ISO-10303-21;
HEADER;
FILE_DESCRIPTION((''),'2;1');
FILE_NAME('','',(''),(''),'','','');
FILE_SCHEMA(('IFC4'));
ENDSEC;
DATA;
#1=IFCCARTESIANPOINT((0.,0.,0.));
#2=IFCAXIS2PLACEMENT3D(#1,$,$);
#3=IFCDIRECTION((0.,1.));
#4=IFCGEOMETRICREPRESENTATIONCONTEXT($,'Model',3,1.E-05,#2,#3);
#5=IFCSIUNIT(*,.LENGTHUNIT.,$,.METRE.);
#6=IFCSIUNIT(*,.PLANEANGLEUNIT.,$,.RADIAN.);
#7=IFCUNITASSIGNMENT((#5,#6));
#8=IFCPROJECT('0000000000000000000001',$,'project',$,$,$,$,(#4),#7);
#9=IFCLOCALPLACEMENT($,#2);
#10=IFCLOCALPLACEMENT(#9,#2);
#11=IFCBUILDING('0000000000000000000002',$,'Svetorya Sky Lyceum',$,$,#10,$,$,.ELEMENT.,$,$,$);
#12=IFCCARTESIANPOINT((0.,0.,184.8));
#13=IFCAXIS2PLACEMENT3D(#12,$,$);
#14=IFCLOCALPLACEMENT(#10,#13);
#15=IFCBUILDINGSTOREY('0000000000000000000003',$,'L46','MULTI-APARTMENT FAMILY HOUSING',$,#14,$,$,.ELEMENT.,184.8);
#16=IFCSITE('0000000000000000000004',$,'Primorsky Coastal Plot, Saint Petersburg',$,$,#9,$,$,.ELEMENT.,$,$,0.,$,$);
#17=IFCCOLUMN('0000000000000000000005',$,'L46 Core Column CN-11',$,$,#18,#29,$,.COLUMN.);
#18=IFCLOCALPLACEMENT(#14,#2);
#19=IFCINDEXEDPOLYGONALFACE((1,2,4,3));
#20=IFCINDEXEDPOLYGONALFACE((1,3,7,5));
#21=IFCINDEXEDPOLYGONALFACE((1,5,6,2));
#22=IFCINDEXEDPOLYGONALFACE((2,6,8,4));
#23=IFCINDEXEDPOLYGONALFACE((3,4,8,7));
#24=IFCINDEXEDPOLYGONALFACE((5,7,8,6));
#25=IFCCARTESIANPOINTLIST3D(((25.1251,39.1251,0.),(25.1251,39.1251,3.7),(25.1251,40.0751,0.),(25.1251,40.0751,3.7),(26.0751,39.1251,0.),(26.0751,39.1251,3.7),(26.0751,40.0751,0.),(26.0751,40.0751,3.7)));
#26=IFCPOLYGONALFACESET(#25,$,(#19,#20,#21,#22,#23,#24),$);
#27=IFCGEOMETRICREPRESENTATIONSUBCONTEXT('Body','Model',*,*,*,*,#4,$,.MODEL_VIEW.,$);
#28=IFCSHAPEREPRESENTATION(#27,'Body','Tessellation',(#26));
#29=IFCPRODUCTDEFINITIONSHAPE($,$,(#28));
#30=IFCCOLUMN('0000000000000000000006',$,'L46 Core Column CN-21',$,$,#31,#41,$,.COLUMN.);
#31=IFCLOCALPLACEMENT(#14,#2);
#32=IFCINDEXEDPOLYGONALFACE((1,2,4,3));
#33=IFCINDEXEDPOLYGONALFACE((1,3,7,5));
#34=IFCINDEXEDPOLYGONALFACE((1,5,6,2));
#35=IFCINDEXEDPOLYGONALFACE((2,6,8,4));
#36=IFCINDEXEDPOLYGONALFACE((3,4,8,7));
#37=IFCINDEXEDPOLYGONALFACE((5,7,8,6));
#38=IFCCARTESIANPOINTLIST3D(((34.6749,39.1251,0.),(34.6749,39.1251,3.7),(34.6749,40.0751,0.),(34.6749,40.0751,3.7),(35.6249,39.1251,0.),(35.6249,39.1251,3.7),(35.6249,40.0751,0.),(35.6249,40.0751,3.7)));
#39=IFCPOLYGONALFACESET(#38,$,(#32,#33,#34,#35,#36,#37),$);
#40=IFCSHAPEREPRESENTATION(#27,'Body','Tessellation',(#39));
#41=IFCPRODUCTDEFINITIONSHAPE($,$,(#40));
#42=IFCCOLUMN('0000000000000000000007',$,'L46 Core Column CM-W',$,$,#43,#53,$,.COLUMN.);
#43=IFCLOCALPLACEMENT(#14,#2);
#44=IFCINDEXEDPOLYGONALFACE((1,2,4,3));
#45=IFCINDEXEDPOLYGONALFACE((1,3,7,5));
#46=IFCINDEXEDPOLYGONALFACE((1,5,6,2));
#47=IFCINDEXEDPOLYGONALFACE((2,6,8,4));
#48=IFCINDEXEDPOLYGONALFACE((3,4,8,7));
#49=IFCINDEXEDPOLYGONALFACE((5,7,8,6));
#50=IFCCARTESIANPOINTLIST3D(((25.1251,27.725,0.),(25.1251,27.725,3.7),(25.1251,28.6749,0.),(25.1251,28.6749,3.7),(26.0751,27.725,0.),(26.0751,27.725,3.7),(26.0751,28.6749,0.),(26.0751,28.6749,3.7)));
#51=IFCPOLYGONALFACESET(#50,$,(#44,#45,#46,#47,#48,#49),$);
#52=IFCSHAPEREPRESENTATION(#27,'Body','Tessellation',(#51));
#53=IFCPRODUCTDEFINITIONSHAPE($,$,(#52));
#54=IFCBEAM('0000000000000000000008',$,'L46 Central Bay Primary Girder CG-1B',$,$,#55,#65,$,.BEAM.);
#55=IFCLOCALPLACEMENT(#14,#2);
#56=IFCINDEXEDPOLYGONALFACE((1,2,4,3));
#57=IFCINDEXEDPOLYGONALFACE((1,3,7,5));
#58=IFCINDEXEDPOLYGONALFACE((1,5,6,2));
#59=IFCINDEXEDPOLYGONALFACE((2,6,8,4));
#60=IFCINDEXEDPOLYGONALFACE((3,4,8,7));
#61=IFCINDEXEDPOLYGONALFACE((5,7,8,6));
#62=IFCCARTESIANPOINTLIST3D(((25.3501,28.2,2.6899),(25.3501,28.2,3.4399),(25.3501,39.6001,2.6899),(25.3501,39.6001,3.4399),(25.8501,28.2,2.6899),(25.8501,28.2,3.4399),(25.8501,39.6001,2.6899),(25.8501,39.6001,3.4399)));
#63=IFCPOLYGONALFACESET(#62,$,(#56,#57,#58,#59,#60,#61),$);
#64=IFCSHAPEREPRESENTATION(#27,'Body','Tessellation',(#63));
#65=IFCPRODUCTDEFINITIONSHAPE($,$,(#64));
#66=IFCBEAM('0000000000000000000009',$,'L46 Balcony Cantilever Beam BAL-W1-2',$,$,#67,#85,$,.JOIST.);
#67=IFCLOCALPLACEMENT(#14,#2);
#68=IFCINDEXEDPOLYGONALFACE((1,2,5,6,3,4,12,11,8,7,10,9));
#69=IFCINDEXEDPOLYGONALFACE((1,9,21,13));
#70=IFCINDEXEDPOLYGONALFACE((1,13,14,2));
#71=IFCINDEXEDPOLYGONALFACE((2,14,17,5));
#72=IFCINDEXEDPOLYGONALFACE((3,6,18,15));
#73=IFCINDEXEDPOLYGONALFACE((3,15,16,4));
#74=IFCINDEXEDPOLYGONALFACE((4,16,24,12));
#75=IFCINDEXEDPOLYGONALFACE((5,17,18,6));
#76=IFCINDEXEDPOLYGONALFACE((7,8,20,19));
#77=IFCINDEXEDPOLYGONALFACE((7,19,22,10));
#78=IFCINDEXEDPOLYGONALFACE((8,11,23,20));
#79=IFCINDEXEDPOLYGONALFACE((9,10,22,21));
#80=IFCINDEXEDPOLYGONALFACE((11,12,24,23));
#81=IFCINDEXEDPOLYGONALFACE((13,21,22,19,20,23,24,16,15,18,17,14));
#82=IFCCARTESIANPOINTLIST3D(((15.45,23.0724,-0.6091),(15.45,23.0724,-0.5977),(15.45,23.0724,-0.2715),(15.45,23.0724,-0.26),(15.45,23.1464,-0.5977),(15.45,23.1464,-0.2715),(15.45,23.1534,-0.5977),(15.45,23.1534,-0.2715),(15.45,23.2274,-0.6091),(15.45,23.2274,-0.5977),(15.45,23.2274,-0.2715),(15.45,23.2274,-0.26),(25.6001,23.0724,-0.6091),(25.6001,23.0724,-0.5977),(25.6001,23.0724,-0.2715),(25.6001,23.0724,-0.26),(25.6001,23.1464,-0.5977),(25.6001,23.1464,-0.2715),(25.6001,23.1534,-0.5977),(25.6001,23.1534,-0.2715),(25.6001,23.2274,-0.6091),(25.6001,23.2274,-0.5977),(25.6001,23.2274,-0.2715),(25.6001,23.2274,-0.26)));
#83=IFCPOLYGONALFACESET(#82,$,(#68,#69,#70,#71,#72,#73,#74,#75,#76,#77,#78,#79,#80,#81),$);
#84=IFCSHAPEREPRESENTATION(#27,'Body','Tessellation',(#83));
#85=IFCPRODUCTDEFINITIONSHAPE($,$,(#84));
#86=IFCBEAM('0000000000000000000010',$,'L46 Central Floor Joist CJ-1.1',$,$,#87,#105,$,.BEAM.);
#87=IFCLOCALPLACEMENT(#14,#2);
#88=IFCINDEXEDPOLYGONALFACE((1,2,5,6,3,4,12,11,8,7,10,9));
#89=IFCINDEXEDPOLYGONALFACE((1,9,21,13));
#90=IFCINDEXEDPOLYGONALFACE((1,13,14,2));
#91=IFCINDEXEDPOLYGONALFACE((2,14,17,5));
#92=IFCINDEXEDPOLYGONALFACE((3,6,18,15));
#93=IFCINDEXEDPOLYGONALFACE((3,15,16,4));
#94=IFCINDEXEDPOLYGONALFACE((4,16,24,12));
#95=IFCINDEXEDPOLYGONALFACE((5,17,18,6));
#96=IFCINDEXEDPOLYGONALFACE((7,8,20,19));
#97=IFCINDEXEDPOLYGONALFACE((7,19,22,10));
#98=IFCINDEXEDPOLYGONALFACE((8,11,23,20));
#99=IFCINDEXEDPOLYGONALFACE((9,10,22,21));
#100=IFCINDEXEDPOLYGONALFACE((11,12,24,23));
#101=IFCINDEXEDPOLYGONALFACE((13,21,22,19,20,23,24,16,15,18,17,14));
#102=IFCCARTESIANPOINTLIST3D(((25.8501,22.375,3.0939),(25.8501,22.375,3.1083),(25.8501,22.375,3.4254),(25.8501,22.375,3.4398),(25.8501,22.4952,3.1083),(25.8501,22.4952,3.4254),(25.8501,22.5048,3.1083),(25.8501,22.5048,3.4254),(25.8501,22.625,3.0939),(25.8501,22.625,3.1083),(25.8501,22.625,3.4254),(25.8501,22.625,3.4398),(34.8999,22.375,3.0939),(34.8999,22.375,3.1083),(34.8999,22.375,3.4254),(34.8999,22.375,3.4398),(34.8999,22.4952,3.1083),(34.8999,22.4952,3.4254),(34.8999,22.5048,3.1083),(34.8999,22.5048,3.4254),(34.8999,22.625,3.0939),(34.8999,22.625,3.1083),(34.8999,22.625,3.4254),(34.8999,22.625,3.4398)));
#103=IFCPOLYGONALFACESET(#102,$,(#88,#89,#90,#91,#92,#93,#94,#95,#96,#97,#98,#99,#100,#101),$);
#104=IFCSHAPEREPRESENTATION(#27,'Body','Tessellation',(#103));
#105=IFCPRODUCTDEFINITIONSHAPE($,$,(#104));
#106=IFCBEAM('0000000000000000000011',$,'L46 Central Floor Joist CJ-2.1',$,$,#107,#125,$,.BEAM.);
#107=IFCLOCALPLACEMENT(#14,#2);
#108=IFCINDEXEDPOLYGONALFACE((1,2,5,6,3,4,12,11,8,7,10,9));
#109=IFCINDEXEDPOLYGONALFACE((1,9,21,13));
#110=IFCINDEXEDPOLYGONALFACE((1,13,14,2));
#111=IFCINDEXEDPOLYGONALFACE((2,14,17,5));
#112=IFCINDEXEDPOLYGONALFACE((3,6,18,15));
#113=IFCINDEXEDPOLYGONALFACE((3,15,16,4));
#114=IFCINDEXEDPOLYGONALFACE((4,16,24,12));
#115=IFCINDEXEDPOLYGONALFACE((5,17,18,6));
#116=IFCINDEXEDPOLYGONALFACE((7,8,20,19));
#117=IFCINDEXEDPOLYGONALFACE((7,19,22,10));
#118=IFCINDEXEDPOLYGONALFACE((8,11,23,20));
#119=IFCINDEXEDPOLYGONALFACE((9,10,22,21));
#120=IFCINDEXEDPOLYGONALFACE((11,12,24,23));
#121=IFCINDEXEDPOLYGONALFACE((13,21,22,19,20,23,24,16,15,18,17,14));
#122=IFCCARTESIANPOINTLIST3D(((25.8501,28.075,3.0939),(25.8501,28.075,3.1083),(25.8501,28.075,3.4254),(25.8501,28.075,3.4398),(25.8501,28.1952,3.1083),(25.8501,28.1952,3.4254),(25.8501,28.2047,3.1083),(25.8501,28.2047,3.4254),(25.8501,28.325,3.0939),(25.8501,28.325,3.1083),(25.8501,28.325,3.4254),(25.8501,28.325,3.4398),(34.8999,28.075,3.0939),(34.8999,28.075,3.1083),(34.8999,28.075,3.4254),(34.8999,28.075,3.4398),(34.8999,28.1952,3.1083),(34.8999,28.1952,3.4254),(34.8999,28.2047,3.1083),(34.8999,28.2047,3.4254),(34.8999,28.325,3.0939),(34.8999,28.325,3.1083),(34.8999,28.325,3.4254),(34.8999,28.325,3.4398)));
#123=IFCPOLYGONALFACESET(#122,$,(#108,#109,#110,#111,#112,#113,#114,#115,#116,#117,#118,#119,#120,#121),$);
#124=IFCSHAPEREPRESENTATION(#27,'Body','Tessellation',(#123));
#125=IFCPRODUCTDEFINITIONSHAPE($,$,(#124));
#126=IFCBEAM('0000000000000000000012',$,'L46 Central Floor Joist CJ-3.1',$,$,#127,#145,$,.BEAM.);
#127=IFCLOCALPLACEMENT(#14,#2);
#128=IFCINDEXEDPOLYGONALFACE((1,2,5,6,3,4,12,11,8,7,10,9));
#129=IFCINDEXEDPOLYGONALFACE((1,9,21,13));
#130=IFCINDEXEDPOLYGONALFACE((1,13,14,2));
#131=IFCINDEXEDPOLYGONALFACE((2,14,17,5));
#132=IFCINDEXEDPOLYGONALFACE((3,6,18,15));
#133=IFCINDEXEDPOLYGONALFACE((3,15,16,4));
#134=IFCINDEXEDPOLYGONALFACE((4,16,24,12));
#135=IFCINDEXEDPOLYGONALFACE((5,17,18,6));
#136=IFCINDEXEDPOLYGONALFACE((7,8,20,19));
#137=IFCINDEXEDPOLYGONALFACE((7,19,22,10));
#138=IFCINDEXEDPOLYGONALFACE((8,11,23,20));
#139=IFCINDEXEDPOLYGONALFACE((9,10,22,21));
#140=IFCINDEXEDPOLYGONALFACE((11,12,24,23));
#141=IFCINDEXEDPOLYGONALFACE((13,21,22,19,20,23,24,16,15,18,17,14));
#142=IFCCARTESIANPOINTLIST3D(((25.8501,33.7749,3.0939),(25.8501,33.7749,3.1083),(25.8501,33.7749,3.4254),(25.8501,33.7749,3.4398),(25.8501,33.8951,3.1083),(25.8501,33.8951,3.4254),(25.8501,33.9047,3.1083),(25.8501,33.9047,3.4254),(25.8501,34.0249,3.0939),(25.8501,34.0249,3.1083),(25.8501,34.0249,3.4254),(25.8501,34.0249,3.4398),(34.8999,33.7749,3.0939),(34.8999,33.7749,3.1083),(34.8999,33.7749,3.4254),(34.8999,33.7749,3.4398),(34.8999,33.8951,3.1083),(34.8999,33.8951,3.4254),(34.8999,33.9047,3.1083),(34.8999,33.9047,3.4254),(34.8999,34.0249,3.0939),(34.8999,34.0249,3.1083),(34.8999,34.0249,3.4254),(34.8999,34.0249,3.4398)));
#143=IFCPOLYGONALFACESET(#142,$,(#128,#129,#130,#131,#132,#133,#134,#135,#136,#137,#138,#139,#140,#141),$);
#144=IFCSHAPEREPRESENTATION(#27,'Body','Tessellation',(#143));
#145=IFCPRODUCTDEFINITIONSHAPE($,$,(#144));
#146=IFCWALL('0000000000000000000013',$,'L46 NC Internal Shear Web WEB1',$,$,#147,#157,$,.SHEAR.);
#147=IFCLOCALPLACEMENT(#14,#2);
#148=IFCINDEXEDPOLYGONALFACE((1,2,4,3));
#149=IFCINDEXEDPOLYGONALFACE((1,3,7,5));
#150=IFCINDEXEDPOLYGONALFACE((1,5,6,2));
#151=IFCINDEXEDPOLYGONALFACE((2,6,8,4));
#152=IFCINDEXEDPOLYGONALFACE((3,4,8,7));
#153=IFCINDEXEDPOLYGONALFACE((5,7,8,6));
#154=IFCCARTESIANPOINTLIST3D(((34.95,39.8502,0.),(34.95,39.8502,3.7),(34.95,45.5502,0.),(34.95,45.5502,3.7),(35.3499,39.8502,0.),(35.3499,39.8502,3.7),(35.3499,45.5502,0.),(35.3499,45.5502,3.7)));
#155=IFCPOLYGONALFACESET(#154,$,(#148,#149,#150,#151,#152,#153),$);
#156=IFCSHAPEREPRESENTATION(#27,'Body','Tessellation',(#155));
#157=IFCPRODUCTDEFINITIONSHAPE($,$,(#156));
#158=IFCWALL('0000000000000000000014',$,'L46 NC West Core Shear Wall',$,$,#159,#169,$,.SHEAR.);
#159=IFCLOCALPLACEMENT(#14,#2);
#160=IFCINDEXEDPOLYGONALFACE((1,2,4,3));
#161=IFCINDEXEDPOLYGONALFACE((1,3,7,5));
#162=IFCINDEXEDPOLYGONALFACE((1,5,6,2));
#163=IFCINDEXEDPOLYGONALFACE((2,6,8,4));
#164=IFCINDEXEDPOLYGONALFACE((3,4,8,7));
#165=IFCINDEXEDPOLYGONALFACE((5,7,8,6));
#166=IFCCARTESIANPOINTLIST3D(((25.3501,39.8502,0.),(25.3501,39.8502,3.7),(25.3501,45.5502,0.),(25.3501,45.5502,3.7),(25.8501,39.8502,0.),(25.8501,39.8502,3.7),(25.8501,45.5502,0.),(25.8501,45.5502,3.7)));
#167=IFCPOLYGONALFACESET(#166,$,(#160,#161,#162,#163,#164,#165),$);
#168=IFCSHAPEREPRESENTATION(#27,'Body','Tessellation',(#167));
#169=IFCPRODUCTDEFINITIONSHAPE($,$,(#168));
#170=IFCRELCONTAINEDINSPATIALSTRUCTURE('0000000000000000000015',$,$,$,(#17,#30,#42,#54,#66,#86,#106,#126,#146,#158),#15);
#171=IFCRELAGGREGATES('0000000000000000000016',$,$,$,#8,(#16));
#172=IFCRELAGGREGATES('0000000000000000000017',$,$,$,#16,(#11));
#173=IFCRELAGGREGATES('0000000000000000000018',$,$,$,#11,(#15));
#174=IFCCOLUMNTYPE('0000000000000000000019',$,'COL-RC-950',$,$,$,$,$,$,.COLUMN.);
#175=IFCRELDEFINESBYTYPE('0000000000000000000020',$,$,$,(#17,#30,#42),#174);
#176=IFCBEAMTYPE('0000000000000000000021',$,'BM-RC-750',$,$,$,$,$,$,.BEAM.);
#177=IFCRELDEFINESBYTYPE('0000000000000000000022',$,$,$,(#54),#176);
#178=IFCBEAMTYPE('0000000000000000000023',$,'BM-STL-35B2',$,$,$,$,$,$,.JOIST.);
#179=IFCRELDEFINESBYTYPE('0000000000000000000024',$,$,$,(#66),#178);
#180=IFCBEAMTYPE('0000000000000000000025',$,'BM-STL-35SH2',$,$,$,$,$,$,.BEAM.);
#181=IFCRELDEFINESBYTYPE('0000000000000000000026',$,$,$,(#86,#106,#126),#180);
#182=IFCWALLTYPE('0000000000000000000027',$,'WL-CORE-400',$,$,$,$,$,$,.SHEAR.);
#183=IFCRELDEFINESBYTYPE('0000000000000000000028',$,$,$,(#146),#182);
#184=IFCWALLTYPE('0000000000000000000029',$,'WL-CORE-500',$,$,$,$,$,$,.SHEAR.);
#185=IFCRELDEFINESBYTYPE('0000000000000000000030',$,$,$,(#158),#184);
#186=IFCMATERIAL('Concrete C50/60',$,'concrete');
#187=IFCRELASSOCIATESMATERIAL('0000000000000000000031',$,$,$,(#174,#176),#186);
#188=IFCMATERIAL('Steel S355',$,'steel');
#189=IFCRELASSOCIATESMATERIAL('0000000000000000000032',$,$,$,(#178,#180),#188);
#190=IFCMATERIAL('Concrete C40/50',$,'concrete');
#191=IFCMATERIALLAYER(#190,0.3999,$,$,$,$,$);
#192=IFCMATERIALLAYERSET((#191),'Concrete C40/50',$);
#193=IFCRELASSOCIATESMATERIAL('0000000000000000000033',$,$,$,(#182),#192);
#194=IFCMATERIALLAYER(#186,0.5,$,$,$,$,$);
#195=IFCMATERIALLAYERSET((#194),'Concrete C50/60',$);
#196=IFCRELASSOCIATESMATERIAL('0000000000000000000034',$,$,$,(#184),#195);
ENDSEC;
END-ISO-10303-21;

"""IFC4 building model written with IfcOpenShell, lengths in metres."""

from ifc_helpers import new_model, si_unit, direction, frame, frame_2d, origin, origin_2d, place, context, subcontext, project, spatial, rectangle, i_section, extrude, material, layer, layer_set, material_profile, profile_set, type_object, element, save


model = new_model("IFC4")

# Units and contexts
model_context = context("Model", 3, precision=1e-05, world=origin(), true_north=direction((0.0, 1.0)))
body_context = subcontext(model_context, "Body", "Model", "MODEL_VIEW")
ifc_project = project(units=[si_unit("LENGTHUNIT", "METRE"), si_unit("PLANEANGLEUNIT", "RADIAN")], contexts=[model_context])

# Site, building, storey
site_placement = place(None, origin())
site = spatial("IfcSite", under=ifc_project, at=site_placement, Name="Primorsky Coastal Plot, Saint Petersburg", CompositionType="ELEMENT", RefElevation=0.0)
building_placement = place(site_placement, origin())
building = spatial("IfcBuilding", under=site, at=building_placement, Name="Svetorya Sky Lyceum", CompositionType="ELEMENT")
storey_placement = place(building_placement, frame((0.0, 0.0, 184.8)))
storey = spatial("IfcBuildingStorey", under=building, at=storey_placement, Name="L46", Description="MULTI-APARTMENT FAMILY HOUSING", CompositionType="ELEMENT", Elevation=184.8)

# Columns
ifc_material_1 = material(Name="Concrete C50/60", Category="concrete")
ifc_material_profile_1 = material_profile(ifc_material_1, rectangle(XDim=0.95, YDim=0.95, at=origin_2d()), Name="RC COL 950x950")
ifc_profile_set_1 = profile_set([ifc_material_profile_1], Name="Concrete C50/60")
column_type = type_object("IfcColumnType", Name="COL-RC-950", PredefinedType="COLUMN", material=ifc_profile_set_1)
for number, where, z_axis, x_axis, name in (
    (1, (25.6001, 39.6001, 0.0), (0.0, 0.0, 1.0), (1.0, 0.0, 0.0), "L46 Core Column CN-11"),
    (2, (35.1499, 39.6001, 0.0), (0.0, 0.0, 1.0), (1.0, 0.0, 0.0), "L46 Core Column CN-21"),
    (3, (25.6001, 28.2, 0.0), (0.0, 0.0, 1.0), (1.0, 0.0, 0.0), "L46 Core Column CM-W"),
):
    element("IfcColumn", number, at=place(storey_placement, frame(where, z_axis=z_axis, x_axis=x_axis)), inside=storey, type_object=column_type, Name=name, PredefinedType="COLUMN", context=body_context, shape_type="SweptSolid", body=[
        extrude(rectangle(XDim=0.95, YDim=0.95, at=origin_2d()), origin(), (0.0, 0.0, 1.0), 3.7),
    ])

# Beams
ifc_material_profile_2 = material_profile(ifc_material_1, rectangle(XDim=0.5, YDim=0.75, at=origin_2d()), Name="RC BEAM 500x750")
ifc_profile_set_2 = profile_set([ifc_material_profile_2], Name="Concrete C50/60")
beam_type_1 = type_object("IfcBeamType", Name="BM-RC-750", PredefinedType="BEAM", material=ifc_profile_set_2)
beam_1_placement = place(storey_placement, frame((25.6001, 28.2, 3.0649), z_axis=(0.0, 1.0, 0.0), x_axis=(-1.0, 0.0, 0.0)))
element("IfcBeam", 4, at=beam_1_placement, inside=storey, type_object=beam_type_1, Name="L46 Central Bay Primary Girder CG-1B", PredefinedType="BEAM", context=body_context, shape_type="SweptSolid", body=[
    extrude(rectangle(XDim=0.5, YDim=0.75, at=origin_2d()), origin(), (0.0, 0.0, 1.0), 11.4001),
])
ifc_material_2 = material(Name="Steel S355", Category="steel")
ifc_material_profile_3 = material_profile(ifc_material_2, i_section(OverallWidth=0.155, OverallDepth=0.3491, WebThickness=0.0071, FlangeThickness=0.0115, at=origin_2d()), Name="GOST 35B2")
ifc_profile_set_3 = profile_set([ifc_material_profile_3], Name="Steel S355")
beam_type_2 = type_object("IfcBeamType", Name="BM-STL-35B2", PredefinedType="JOIST", material=ifc_profile_set_3)
beam_2_placement = place(storey_placement, frame((25.6001, 23.1499, -0.4346), z_axis=(-1.0, 0.0, 0.0), x_axis=(0.0, -1.0, 0.0)))
element("IfcBeam", 5, at=beam_2_placement, inside=storey, type_object=beam_type_2, Name="L46 Balcony Cantilever Beam BAL-W1-2", PredefinedType="JOIST", context=body_context, shape_type="SweptSolid", body=[
    extrude(i_section(OverallWidth=0.155, OverallDepth=0.3491, WebThickness=0.0071, FlangeThickness=0.0115, at=origin_2d()), origin(), (0.0, 0.0, 1.0), 10.1501),
])
ifc_material_profile_4 = material_profile(ifc_material_2, i_section(OverallWidth=0.25, OverallDepth=0.3459, WebThickness=0.0095, FlangeThickness=0.0144, at=origin_2d()), Name="GOST 35Sh2")
ifc_profile_set_4 = profile_set([ifc_material_profile_4], Name="Steel S355")
beam_type_3 = type_object("IfcBeamType", Name="BM-STL-35SH2", PredefinedType="BEAM", material=ifc_profile_set_4)
for number, where, z_axis, x_axis, name in (
    (6, (25.8501, 22.5, 3.2668), (1.0, 0.0, 0.0), (0.0, 1.0, 0.0), "L46 Central Floor Joist CJ-1.1"),
    (7, (25.8501, 28.2, 3.2668), (1.0, 0.0, 0.0), (0.0, 1.0, 0.0), "L46 Central Floor Joist CJ-2.1"),
    (8, (25.8501, 33.8999, 3.2668), (1.0, 0.0, 0.0), (0.0, 1.0, 0.0), "L46 Central Floor Joist CJ-3.1"),
):
    element("IfcBeam", number, at=place(storey_placement, frame(where, z_axis=z_axis, x_axis=x_axis)), inside=storey, type_object=beam_type_3, Name=name, PredefinedType="BEAM", context=body_context, shape_type="SweptSolid", body=[
        extrude(i_section(OverallWidth=0.25, OverallDepth=0.3459, WebThickness=0.0095, FlangeThickness=0.0144, at=origin_2d()), origin(), (0.0, 0.0, 1.0), 9.0498),
    ])

# Walls
ifc_material_3 = material(Name="Concrete C40/50", Category="concrete")
ifc_layer_1 = layer(ifc_material_3, 0.3999)
ifc_layer_set_1 = layer_set([ifc_layer_1], Name="Concrete C40/50")
wall_type_1 = type_object("IfcWallType", Name="WL-CORE-400", PredefinedType="SHEAR", material=ifc_layer_set_1)
wall_1_placement = place(storey_placement, frame((35.1499, 39.8501, 0.0), z_axis=(0.0, 0.0, 1.0), x_axis=(0.0, 1.0, 0.0)))
element("IfcWall", 9, at=wall_1_placement, inside=storey, type_object=wall_type_1, Name="L46 NC Internal Shear Web WEB1", PredefinedType="SHEAR", context=body_context, shape_type="SweptSolid", body=[
    extrude(rectangle(XDim=5.7, YDim=0.3999, at=frame_2d((2.8501, 0.0))), origin(), (0.0, 0.0, 1.0), 3.7),
])
ifc_layer_2 = layer(ifc_material_1, 0.5)
ifc_layer_set_2 = layer_set([ifc_layer_2], Name="Concrete C50/60")
wall_type_2 = type_object("IfcWallType", Name="WL-CORE-500", PredefinedType="SHEAR", material=ifc_layer_set_2)
wall_2_placement = place(storey_placement, frame((25.6001, 39.8501, 0.0), z_axis=(0.0, 0.0, 1.0), x_axis=(0.0, 1.0, 0.0)))
element("IfcWall", 10, at=wall_2_placement, inside=storey, type_object=wall_type_2, Name="L46 NC West Core Shear Wall", PredefinedType="SHEAR", context=body_context, shape_type="SweptSolid", body=[
    extrude(rectangle(XDim=5.7, YDim=0.5, at=frame_2d((2.8501, 0.0))), origin(), (0.0, 0.0, 1.0), 3.7),
])

save(model, "model.ifc")
